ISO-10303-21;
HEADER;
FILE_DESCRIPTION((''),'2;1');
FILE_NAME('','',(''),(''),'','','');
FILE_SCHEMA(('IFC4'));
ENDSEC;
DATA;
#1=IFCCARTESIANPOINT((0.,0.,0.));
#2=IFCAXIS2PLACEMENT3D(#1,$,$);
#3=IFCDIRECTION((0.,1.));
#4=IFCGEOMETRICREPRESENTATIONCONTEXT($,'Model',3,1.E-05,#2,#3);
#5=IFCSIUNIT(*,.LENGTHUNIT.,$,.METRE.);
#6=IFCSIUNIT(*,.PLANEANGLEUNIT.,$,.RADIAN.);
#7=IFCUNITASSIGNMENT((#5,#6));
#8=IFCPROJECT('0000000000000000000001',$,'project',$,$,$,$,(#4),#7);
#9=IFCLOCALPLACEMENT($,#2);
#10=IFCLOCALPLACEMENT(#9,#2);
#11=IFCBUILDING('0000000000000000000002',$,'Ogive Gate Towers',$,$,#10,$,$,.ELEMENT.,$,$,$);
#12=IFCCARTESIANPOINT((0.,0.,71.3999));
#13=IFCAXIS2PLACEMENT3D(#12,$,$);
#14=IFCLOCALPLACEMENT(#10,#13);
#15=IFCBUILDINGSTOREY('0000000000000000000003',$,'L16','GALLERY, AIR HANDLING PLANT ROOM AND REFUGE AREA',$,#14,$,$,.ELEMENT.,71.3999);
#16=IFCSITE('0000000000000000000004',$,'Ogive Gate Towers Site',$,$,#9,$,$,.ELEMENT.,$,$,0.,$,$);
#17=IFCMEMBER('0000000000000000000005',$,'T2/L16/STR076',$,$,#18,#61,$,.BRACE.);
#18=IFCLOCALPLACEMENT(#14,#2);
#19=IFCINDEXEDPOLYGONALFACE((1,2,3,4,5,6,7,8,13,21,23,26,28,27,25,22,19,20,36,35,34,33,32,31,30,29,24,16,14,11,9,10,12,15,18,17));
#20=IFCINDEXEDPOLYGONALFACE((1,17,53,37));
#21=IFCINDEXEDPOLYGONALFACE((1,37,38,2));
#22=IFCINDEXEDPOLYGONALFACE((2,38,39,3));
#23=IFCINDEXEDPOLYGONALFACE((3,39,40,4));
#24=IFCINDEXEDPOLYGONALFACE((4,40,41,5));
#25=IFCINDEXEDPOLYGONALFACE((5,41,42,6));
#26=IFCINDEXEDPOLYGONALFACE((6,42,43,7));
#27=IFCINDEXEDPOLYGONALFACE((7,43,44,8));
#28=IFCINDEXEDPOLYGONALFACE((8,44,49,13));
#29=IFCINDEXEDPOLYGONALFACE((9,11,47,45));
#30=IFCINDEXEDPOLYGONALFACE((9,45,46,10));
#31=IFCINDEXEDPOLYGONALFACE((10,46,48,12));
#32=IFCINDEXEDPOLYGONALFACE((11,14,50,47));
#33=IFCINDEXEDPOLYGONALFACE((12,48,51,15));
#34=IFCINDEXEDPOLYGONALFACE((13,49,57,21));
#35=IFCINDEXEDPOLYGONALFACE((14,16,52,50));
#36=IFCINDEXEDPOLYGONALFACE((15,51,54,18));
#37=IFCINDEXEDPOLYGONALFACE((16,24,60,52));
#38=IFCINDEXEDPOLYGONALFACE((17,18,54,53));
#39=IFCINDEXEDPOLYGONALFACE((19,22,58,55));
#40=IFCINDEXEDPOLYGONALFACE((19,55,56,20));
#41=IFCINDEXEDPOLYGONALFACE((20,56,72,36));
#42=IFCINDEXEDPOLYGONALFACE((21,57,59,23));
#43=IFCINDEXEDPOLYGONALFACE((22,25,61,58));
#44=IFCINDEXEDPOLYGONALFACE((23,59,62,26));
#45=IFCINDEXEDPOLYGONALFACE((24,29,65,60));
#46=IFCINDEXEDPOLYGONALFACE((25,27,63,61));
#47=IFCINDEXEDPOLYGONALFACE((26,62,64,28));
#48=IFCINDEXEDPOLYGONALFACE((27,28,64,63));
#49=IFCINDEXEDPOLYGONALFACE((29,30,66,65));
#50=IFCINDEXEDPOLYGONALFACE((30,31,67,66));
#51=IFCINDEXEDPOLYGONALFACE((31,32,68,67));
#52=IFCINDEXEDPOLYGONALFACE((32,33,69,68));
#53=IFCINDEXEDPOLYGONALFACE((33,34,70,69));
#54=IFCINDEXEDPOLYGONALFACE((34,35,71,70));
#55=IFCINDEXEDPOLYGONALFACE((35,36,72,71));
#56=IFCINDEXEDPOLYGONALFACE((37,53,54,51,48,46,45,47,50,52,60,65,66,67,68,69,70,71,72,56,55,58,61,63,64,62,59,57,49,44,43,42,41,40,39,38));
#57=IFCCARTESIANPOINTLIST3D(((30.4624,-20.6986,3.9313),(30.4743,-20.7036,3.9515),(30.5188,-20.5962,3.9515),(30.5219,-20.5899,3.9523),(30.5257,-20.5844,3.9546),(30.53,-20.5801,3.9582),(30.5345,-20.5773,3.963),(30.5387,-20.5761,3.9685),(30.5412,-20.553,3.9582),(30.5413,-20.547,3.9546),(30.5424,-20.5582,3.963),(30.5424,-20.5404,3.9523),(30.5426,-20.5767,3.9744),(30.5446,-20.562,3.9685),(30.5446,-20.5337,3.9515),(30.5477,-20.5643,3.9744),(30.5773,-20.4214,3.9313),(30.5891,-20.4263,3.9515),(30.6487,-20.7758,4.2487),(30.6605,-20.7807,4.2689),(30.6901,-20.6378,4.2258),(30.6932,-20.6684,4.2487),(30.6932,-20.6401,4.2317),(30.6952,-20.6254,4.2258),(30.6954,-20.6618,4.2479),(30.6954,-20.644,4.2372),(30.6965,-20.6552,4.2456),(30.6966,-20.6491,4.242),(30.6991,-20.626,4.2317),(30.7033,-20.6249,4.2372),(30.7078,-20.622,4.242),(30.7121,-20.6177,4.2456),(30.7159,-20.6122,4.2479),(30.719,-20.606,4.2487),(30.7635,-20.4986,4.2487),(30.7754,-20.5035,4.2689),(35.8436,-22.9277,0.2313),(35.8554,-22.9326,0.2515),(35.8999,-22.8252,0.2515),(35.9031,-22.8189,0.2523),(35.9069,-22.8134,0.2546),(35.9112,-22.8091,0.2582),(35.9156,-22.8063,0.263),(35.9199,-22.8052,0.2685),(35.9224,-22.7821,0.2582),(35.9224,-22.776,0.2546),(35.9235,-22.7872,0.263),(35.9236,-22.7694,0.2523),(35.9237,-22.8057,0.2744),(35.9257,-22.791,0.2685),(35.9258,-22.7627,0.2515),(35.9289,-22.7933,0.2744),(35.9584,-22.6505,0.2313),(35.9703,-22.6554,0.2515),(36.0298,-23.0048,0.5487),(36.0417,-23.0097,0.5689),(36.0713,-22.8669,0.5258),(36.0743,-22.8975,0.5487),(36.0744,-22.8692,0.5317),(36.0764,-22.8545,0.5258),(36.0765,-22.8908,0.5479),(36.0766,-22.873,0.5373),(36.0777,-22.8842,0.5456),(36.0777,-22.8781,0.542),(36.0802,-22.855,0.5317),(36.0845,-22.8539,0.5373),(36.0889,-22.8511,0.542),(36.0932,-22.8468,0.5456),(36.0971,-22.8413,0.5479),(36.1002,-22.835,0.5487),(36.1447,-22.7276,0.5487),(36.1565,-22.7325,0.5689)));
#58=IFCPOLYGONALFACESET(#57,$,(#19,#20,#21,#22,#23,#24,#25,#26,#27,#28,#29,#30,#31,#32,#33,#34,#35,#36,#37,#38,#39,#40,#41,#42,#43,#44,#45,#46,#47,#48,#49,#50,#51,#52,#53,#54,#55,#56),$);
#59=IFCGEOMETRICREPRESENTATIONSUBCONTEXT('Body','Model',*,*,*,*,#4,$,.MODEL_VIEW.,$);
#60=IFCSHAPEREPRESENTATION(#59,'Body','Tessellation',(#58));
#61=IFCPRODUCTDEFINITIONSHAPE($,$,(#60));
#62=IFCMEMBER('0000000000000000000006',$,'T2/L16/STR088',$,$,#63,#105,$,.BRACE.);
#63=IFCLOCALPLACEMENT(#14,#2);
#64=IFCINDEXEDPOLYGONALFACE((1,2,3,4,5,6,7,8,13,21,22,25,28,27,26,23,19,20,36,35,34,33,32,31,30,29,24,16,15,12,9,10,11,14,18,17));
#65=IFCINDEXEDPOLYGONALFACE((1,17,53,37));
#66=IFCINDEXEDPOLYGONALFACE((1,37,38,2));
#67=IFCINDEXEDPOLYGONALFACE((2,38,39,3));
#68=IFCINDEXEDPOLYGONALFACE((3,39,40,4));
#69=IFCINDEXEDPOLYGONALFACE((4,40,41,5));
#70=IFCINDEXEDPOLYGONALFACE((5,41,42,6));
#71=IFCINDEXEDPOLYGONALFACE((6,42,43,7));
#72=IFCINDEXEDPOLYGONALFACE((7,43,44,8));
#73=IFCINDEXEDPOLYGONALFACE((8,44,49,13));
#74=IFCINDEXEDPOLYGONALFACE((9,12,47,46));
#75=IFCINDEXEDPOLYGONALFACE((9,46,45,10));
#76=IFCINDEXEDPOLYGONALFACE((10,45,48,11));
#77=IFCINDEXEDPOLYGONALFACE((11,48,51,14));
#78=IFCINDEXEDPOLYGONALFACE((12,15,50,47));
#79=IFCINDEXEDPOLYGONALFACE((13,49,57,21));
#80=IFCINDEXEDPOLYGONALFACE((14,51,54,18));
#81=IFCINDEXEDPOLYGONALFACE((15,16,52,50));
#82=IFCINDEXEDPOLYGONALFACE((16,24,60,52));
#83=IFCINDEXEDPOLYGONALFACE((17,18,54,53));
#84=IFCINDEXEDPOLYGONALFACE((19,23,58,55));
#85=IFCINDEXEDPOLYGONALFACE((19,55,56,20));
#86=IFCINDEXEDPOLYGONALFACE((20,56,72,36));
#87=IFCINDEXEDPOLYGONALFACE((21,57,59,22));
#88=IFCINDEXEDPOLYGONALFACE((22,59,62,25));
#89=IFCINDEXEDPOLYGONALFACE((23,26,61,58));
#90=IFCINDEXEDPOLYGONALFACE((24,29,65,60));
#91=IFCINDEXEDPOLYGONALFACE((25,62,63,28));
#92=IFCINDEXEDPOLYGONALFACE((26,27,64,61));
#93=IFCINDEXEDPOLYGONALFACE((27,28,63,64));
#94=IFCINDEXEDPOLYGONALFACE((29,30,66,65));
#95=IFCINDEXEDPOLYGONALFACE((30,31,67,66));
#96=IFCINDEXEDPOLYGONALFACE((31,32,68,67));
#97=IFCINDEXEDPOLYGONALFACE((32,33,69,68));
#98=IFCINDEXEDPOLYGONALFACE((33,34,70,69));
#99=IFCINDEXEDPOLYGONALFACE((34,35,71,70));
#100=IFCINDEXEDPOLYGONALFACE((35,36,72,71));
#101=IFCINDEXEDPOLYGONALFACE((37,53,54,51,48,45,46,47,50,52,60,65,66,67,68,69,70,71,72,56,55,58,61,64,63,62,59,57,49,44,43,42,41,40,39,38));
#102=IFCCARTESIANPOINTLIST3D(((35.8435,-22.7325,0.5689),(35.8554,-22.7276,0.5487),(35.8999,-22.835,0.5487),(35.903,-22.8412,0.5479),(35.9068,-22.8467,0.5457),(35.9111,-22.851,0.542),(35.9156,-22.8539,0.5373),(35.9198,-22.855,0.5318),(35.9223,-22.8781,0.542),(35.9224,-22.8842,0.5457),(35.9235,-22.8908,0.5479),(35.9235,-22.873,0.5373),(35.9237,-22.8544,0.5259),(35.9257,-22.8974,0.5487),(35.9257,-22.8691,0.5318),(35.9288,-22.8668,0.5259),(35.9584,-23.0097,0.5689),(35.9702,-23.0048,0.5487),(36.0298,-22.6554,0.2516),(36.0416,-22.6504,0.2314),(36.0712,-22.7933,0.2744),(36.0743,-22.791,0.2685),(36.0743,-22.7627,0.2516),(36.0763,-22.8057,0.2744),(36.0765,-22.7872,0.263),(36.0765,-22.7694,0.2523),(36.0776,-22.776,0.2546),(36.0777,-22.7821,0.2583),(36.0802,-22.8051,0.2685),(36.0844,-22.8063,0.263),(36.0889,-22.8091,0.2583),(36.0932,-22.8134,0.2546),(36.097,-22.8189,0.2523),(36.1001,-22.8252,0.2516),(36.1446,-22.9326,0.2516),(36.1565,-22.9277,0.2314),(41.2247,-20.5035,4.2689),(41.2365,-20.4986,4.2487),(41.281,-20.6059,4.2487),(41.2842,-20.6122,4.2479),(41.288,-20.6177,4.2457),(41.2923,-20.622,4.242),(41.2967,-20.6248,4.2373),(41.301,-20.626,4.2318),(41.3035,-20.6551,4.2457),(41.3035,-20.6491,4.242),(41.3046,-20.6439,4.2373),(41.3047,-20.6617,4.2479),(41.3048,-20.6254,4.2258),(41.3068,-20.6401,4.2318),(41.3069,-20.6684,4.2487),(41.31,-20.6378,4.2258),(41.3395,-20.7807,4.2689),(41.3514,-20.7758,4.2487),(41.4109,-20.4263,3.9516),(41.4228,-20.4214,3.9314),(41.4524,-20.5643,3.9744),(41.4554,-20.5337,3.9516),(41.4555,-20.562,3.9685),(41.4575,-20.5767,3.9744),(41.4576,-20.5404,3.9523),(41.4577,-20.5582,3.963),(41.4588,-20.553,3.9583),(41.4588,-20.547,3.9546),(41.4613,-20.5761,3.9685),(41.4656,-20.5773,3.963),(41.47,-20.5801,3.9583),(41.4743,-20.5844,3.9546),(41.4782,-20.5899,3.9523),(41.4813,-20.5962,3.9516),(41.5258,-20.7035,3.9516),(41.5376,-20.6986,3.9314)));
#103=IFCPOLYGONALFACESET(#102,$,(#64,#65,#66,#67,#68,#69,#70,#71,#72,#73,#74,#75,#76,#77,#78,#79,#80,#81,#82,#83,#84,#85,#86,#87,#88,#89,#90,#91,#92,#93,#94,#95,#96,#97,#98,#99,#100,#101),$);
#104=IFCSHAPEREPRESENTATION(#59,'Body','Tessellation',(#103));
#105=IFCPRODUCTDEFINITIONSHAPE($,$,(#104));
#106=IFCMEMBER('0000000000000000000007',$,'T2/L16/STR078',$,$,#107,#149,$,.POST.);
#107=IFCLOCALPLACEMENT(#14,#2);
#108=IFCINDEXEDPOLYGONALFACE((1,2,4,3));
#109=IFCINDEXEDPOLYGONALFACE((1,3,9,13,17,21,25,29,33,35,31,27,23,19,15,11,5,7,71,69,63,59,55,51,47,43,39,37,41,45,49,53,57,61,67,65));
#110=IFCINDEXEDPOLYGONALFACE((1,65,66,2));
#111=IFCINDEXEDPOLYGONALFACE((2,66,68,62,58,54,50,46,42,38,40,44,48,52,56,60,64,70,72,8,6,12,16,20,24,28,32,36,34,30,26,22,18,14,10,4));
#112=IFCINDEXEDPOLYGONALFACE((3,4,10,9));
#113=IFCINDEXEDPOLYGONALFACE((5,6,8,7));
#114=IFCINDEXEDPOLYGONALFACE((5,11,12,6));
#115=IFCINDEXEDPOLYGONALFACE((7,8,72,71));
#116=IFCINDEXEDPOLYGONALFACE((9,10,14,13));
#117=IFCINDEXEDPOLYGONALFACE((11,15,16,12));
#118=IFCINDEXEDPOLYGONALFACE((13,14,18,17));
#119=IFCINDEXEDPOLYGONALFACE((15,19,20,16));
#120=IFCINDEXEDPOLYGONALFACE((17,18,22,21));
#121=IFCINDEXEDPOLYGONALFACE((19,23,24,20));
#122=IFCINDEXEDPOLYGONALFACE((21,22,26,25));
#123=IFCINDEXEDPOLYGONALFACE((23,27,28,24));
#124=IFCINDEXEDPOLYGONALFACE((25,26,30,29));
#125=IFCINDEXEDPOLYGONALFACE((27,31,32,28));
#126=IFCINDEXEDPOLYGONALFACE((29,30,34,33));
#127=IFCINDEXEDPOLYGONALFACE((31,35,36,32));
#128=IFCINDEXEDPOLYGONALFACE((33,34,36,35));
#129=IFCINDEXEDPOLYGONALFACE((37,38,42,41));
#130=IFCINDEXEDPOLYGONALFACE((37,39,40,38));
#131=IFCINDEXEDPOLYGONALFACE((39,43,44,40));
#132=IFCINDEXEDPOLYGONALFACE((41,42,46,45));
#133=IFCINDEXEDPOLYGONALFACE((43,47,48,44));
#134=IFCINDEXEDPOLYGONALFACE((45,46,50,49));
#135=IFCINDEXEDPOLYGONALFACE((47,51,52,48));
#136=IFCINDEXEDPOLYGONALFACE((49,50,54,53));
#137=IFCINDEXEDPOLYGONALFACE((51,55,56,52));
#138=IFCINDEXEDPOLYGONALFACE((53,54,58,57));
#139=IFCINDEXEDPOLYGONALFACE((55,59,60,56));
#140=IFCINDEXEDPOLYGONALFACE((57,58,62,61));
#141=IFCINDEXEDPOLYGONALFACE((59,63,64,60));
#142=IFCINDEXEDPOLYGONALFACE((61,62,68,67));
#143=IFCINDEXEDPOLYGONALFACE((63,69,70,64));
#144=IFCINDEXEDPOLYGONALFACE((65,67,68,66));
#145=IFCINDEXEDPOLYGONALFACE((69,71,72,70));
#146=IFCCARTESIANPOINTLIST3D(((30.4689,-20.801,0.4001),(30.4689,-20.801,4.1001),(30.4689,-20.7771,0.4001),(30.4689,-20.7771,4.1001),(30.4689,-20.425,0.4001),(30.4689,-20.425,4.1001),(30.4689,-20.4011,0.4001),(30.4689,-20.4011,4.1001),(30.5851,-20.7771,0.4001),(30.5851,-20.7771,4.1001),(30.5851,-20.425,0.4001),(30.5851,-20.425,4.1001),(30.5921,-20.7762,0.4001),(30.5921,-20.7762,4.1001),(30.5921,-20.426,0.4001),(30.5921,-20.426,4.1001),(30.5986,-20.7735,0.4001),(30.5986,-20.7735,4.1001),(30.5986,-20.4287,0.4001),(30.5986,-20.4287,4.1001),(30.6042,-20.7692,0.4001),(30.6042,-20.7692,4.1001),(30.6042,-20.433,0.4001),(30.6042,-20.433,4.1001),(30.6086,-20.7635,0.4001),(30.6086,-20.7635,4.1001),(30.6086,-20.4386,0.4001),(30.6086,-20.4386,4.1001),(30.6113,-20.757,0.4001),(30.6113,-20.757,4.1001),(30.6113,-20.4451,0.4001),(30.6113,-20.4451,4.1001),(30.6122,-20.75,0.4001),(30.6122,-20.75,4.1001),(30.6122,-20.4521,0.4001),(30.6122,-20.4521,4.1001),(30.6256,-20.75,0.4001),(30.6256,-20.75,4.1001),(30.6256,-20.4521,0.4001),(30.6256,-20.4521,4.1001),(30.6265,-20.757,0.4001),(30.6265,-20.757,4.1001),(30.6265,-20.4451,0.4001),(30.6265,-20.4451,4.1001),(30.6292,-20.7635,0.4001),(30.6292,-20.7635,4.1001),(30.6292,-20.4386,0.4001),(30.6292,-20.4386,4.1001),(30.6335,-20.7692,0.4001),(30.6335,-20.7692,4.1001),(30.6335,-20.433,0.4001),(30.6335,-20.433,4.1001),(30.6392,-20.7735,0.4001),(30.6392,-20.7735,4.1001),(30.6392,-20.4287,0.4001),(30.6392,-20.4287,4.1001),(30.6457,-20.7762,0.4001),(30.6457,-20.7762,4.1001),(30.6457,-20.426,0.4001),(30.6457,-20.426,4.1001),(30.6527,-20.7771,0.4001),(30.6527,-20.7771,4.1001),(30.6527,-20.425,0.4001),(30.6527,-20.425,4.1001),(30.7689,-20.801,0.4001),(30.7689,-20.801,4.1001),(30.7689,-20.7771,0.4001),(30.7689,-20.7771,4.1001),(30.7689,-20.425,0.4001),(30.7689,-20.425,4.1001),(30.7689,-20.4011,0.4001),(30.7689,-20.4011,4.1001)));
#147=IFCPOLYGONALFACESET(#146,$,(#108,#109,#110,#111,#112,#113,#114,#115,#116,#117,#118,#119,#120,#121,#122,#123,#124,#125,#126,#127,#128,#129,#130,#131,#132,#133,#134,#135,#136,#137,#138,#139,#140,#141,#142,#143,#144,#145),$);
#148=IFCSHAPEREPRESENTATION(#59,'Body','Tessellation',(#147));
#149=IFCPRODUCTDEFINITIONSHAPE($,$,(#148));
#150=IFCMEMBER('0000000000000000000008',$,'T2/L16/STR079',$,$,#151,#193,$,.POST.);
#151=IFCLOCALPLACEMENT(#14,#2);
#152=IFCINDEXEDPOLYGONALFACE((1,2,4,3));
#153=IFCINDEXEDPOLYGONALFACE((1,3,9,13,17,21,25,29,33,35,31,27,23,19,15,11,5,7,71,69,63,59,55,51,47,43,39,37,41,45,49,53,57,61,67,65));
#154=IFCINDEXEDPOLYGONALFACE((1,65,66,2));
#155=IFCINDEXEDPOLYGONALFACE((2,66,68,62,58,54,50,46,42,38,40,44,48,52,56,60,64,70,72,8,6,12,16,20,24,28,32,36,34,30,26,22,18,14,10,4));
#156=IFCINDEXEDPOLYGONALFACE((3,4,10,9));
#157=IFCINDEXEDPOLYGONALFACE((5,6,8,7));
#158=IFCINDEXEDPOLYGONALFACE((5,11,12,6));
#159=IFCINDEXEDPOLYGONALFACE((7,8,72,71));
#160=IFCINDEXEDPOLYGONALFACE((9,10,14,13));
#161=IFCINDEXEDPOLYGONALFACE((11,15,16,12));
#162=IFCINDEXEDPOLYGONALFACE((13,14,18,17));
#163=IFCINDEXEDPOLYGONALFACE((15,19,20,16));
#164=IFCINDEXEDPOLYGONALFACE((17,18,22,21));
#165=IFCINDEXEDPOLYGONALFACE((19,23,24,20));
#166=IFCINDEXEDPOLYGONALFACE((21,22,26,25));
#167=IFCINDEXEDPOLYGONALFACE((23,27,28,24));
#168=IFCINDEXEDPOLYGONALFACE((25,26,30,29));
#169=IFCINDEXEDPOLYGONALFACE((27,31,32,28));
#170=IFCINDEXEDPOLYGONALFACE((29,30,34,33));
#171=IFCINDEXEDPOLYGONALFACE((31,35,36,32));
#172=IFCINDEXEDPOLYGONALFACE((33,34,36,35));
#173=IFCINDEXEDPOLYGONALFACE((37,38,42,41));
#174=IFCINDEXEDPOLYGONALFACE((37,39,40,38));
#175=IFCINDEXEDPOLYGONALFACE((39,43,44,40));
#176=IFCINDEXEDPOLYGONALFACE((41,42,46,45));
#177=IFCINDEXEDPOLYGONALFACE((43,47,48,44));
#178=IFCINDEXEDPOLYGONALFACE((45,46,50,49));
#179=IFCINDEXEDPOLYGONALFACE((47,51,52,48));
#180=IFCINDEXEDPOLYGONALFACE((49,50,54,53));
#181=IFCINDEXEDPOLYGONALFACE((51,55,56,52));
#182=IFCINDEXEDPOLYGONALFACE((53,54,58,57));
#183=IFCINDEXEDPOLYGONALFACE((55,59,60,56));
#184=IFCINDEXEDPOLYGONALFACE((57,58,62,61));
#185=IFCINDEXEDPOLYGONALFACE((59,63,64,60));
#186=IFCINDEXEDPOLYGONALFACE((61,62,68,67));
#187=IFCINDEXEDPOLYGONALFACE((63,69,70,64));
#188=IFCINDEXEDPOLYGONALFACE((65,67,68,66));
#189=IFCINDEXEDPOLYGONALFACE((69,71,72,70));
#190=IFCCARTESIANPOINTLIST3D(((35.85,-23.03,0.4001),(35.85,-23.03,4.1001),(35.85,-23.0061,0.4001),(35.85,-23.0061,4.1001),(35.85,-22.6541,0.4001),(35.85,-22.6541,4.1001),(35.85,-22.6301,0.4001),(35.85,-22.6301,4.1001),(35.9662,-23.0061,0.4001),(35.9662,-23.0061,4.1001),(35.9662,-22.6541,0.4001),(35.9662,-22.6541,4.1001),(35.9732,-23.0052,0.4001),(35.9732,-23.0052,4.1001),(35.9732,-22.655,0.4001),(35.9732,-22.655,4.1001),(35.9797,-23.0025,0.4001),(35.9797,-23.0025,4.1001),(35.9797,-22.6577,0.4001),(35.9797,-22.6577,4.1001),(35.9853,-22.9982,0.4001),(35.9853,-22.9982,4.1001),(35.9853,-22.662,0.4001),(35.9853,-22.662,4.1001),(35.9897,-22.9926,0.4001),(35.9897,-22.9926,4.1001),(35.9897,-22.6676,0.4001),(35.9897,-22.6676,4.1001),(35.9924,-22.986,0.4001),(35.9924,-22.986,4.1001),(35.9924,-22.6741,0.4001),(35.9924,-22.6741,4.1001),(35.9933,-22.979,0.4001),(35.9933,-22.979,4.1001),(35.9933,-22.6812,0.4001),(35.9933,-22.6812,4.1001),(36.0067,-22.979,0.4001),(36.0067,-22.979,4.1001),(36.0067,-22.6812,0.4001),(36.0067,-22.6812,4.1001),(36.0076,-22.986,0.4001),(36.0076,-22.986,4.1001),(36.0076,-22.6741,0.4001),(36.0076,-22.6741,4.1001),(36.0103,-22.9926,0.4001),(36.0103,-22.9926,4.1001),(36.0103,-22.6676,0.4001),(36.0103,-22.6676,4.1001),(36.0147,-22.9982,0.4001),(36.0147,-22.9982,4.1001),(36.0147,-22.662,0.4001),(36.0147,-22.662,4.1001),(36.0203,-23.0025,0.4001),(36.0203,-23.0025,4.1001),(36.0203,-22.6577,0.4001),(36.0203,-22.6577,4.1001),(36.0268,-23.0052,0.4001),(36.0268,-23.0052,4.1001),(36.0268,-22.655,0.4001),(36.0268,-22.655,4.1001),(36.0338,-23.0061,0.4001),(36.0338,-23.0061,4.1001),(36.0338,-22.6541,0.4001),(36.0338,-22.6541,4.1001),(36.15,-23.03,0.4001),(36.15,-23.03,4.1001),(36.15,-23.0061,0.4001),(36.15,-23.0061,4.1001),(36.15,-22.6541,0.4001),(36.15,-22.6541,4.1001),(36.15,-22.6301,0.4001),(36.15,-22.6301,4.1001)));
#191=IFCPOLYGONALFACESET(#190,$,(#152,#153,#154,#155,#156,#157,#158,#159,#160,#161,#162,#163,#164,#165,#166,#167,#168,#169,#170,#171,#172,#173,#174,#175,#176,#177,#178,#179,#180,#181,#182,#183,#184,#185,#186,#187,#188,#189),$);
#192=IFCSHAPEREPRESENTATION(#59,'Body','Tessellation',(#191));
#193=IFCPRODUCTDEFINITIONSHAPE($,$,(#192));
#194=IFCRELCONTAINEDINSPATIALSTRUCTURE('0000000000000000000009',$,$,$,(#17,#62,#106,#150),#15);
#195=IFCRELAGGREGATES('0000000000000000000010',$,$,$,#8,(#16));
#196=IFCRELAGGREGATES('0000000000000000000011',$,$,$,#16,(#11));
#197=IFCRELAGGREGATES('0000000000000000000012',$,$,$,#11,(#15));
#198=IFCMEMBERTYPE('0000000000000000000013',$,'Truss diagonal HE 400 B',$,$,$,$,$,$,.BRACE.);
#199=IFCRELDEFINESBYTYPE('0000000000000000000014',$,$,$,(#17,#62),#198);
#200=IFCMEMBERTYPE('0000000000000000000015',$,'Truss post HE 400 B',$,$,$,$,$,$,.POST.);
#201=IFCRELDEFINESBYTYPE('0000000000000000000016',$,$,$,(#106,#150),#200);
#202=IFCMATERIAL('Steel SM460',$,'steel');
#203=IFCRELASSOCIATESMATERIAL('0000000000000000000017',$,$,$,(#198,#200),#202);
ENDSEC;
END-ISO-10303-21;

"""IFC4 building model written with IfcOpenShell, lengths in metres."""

from ifc_helpers import new_model, si_unit, direction, frame, origin, origin_2d, place, context, subcontext, project, spatial, i_section, extrude, material, material_profile, profile_set, type_object, element, save


model = new_model("IFC4")

# Units and contexts
model_context = context("Model", 3, precision=1e-05, world=origin(), true_north=direction((0.0, 1.0)))
body_context = subcontext(model_context, "Body", "Model", "MODEL_VIEW")
ifc_project = project(units=[si_unit("LENGTHUNIT", "METRE"), si_unit("PLANEANGLEUNIT", "RADIAN")], contexts=[model_context])

# Site, building, storey
site_placement = place(None, origin())
site = spatial("IfcSite", under=ifc_project, at=site_placement, Name="Ogive Gate Towers Site", CompositionType="ELEMENT", RefElevation=0.0)
building_placement = place(site_placement, origin())
building = spatial("IfcBuilding", under=site, at=building_placement, Name="Ogive Gate Towers", CompositionType="ELEMENT")
storey_placement = place(building_placement, frame((0.0, 0.0, 71.3999)))
storey = spatial("IfcBuildingStorey", under=building, at=storey_placement, Name="L16", Description="GALLERY, AIR HANDLING PLANT ROOM AND REFUGE AREA", CompositionType="ELEMENT", Elevation=71.3999)

# Shared definitions
ifc_material_1 = material(Name="Steel SM460", Category="steel")

# Members
ifc_material_profile_1 = material_profile(ifc_material_1, i_section(OverallWidth=0.3, OverallDepth=0.3999, WebThickness=0.0134, FlangeThickness=0.0239, FilletRadius=0.0271, at=origin_2d()), Name="HE 400 B")
ifc_profile_set_1 = profile_set([ifc_material_profile_1], Name="Steel SM460")
member_type_1 = type_object("IfcMemberType", Name="Truss diagonal HE 400 B", PredefinedType="BRACE", material=ifc_profile_set_1)
for number, where, z_axis, x_axis, name in (
    (1, (30.6189, -20.6011, 4.1001), (0.779834, -0.323029, -0.5362), (0.382695, 0.923875, 0.0), "T2/L16/STR076"),
    (2, (36.0, -22.8301, 0.4001), (0.779834, 0.323029, 0.5362), (-0.382695, 0.923875, 0.0), "T2/L16/STR088"),
):
    element("IfcMember", number, at=place(storey_placement, frame(where, z_axis=z_axis, x_axis=x_axis)), inside=storey, type_object=member_type_1, Name=name, PredefinedType="BRACE", context=body_context, shape_type="SweptSolid", body=[
        extrude(i_section(OverallWidth=0.3, OverallDepth=0.3999, WebThickness=0.0134, FlangeThickness=0.0239, FilletRadius=0.0271, at=origin_2d()), origin(), (0.0, 0.0, 1.0), 6.9004),
    ])
ifc_material_profile_2 = material_profile(ifc_material_1, i_section(OverallWidth=0.3, OverallDepth=0.3999, WebThickness=0.0134, FlangeThickness=0.0239, FilletRadius=0.0271, at=origin_2d()), Name="HE 400 B")
ifc_profile_set_2 = profile_set([ifc_material_profile_2], Name="Steel SM460")
member_type_2 = type_object("IfcMemberType", Name="Truss post HE 400 B", PredefinedType="POST", material=ifc_profile_set_2)
for number, where, z_axis, x_axis, name in (
    (3, (30.6189, -20.6011, 0.4001), (0.0, 0.0, 1.0), (1.0, 0.0, 0.0), "T2/L16/STR078"),
    (4, (36.0, -22.8301, 0.4001), (0.0, 0.0, 1.0), (1.0, 0.0, 0.0), "T2/L16/STR079"),
):
    element("IfcMember", number, at=place(storey_placement, frame(where, z_axis=z_axis, x_axis=x_axis)), inside=storey, type_object=member_type_2, Name=name, PredefinedType="POST", context=body_context, shape_type="SweptSolid", body=[
        extrude(i_section(OverallWidth=0.3, OverallDepth=0.3999, WebThickness=0.0134, FlangeThickness=0.0239, FilletRadius=0.0271, at=origin_2d()), origin(), (0.0, 0.0, 1.0), 3.7),
    ])

save(model, "model.ifc")
